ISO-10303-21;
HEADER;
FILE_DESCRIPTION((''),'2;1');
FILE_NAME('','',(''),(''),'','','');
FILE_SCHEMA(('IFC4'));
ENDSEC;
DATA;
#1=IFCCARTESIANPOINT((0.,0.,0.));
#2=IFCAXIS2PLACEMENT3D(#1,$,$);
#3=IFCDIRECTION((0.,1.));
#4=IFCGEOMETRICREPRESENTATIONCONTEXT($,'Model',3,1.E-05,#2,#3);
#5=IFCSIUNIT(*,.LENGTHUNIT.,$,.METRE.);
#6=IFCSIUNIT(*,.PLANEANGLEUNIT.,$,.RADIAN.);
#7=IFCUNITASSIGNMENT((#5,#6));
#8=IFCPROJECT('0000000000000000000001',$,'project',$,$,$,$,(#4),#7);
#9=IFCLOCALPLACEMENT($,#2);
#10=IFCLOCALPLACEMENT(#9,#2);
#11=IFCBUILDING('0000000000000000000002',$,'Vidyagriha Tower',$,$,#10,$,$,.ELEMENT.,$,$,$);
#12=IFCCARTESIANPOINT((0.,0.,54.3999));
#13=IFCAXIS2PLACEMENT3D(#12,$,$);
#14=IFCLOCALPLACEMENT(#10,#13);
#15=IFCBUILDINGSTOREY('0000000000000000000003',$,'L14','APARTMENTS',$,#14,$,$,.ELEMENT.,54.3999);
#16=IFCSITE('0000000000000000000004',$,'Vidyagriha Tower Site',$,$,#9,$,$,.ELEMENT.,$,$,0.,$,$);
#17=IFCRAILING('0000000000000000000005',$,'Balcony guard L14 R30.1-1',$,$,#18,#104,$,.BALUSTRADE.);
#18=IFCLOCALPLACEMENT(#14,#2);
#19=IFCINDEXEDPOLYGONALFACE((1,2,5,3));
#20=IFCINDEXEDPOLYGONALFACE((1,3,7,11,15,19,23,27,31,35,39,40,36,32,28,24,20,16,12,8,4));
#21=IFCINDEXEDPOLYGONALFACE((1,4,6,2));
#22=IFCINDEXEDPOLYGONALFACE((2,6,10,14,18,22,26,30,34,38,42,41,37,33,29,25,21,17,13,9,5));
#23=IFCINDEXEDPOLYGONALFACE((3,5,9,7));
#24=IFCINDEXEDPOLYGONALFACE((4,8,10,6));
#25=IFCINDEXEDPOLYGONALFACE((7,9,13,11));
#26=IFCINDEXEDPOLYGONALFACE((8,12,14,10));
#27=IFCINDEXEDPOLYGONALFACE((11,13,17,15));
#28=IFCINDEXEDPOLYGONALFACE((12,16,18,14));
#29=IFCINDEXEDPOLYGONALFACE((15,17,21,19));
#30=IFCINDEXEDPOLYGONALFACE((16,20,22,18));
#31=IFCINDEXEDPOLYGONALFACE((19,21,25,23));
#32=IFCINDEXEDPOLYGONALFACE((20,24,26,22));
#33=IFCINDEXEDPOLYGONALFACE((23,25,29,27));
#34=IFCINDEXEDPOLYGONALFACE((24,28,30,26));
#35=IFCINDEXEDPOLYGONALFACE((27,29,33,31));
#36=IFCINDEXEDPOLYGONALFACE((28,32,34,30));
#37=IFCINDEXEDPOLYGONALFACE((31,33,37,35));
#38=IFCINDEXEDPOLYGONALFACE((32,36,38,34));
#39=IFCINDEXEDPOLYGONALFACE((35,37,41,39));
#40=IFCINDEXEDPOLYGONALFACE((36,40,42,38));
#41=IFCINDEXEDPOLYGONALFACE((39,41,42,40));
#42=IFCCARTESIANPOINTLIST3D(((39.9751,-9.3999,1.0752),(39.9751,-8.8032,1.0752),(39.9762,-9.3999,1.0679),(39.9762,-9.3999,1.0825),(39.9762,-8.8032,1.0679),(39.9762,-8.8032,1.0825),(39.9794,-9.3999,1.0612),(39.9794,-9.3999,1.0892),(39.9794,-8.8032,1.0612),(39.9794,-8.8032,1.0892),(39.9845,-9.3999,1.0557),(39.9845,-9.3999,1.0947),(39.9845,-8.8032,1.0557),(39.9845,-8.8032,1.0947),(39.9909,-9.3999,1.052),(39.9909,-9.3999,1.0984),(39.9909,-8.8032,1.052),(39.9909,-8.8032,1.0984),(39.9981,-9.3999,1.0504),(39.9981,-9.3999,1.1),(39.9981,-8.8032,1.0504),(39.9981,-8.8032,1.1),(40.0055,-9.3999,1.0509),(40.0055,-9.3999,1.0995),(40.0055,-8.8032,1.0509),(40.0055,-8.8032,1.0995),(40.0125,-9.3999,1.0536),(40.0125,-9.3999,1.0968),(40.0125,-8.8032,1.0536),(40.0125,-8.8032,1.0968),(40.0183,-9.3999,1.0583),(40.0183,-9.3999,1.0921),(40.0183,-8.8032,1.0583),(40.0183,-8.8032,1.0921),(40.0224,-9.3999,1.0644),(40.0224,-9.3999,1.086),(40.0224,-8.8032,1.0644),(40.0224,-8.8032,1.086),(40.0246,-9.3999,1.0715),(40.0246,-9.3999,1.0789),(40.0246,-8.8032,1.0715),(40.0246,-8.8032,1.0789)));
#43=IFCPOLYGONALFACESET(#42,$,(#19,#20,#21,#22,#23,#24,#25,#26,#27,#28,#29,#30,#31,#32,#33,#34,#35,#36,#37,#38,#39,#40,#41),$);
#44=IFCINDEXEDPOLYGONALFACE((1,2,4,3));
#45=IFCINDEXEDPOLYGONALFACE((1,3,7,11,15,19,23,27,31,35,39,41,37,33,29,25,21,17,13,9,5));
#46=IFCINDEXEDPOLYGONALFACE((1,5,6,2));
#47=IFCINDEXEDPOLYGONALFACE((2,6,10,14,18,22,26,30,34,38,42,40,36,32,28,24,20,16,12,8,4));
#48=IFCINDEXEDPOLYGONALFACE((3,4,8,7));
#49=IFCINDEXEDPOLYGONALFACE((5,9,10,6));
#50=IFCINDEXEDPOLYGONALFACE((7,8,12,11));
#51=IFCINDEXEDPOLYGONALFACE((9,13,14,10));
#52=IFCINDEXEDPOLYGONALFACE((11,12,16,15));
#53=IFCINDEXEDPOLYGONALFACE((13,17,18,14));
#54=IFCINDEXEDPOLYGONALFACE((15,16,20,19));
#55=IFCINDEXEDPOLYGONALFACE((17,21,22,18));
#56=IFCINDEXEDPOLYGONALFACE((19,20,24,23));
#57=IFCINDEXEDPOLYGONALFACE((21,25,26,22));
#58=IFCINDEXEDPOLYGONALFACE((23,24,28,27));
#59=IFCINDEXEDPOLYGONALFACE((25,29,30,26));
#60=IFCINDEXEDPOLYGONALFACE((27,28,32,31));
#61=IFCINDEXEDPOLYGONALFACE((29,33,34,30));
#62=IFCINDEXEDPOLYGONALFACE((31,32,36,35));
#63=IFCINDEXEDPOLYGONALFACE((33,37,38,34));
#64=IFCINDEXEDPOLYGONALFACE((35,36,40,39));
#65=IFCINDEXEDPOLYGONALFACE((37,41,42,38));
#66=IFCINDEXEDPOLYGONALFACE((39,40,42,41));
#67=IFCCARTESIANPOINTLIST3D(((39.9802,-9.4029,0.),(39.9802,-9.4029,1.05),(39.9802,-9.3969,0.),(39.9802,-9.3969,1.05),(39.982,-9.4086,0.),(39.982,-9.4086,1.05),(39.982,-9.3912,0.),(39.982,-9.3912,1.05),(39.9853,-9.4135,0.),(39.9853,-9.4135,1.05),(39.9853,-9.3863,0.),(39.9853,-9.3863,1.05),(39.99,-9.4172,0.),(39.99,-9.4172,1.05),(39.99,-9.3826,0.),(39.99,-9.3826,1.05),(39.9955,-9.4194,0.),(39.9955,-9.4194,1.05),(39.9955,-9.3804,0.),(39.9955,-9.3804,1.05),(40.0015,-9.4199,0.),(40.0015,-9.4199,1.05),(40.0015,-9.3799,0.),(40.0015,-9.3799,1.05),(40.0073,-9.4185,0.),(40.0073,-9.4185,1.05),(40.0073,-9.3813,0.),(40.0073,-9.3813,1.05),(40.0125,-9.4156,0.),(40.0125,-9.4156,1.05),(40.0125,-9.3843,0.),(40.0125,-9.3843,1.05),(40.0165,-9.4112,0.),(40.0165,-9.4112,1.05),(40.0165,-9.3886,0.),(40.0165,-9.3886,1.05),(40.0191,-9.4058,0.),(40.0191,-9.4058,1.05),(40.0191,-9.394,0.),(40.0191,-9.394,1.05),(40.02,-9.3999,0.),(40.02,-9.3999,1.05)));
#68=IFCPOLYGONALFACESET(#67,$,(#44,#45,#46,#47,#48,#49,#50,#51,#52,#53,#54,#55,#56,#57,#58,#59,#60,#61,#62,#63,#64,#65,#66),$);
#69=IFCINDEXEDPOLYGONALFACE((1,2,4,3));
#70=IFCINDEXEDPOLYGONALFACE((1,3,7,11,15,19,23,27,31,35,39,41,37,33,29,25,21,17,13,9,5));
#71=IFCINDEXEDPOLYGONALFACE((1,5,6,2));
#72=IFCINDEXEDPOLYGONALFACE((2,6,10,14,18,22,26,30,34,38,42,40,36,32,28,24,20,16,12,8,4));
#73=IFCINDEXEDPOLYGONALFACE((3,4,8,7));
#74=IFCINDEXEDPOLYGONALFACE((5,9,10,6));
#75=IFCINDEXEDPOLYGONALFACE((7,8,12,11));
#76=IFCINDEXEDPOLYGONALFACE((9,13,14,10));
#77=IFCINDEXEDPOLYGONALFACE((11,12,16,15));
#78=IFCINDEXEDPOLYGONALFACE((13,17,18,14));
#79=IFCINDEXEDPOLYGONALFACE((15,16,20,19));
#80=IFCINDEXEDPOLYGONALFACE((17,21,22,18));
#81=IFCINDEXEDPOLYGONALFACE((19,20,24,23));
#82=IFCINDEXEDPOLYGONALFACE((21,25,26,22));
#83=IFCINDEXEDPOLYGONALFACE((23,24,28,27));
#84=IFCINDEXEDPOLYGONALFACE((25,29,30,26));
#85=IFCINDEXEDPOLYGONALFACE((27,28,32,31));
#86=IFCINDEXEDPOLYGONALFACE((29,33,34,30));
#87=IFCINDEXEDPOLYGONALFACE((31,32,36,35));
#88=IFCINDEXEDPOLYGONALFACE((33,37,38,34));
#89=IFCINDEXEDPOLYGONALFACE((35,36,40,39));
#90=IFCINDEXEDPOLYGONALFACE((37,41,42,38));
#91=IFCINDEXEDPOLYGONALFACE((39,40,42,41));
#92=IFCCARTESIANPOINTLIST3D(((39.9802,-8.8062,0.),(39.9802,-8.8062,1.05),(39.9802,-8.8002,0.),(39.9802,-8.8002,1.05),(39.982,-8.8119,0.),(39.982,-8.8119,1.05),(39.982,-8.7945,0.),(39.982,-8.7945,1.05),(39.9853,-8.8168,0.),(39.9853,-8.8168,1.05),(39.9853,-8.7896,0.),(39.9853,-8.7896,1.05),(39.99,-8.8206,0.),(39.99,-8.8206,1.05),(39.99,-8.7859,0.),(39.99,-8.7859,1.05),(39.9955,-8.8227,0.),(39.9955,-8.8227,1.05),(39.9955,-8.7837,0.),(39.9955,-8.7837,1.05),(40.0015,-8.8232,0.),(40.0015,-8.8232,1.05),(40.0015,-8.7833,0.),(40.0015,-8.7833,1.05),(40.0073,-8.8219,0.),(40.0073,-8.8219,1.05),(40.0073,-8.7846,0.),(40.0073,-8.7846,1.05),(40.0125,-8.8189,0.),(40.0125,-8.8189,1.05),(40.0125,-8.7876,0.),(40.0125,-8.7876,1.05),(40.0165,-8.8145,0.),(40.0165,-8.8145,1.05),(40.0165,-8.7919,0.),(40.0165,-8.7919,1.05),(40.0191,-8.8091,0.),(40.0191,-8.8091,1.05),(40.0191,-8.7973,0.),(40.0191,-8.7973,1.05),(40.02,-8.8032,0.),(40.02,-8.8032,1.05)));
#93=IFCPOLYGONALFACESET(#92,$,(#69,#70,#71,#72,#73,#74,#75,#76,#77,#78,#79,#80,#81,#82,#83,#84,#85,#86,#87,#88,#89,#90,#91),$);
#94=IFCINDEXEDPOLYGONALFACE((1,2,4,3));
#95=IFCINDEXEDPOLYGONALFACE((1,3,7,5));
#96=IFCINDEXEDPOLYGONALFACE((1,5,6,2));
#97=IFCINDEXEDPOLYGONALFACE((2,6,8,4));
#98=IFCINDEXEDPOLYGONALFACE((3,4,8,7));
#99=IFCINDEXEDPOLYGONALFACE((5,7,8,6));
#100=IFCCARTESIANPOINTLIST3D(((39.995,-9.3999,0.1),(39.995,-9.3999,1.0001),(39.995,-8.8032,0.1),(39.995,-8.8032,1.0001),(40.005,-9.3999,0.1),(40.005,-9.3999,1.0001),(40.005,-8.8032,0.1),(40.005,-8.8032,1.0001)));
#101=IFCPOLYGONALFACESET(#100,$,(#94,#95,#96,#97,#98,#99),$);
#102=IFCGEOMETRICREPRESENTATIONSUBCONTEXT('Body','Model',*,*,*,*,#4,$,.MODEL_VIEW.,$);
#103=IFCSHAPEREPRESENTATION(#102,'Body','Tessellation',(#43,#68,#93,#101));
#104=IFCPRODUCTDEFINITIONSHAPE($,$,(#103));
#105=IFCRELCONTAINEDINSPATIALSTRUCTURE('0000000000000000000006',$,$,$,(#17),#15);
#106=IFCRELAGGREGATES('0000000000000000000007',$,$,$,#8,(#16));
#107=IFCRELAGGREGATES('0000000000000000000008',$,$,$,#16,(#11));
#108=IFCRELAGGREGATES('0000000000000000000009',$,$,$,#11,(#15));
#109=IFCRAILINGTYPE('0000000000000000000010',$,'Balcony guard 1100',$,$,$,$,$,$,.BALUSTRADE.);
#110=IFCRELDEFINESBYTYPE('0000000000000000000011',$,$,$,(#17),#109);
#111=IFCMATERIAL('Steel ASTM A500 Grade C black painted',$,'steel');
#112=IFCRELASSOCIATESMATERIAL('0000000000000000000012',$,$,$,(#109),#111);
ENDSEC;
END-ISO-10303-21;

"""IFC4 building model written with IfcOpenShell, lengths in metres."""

from ifc_helpers import new_model, si_unit, direction, frame, origin, origin_2d, place, context, subcontext, project, spatial, rectangle, circle, extrude, material, type_object, element, save


model = new_model("IFC4")

# Units and contexts
model_context = context("Model", 3, precision=1e-05, world=origin(), true_north=direction((0.0, 1.0)))
body_context = subcontext(model_context, "Body", "Model", "MODEL_VIEW")
ifc_project = project(units=[si_unit("LENGTHUNIT", "METRE"), si_unit("PLANEANGLEUNIT", "RADIAN")], contexts=[model_context])

# Site, building, storey
site_placement = place(None, origin())
site = spatial("IfcSite", under=ifc_project, at=site_placement, Name="Vidyagriha Tower Site", CompositionType="ELEMENT", RefElevation=0.0)
building_placement = place(site_placement, origin())
building = spatial("IfcBuilding", under=site, at=building_placement, Name="Vidyagriha Tower", CompositionType="ELEMENT")
storey_placement = place(building_placement, frame((0.0, 0.0, 54.3999)))
storey = spatial("IfcBuildingStorey", under=building, at=storey_placement, Name="L14", Description="APARTMENTS", CompositionType="ELEMENT", Elevation=54.3999)

# Railing
ifc_material_1 = material(Name="Steel ASTM A500 Grade C black painted", Category="steel")
railing_type_1 = type_object("IfcRailingType", Name="Balcony guard 1100", PredefinedType="BALUSTRADE", material=ifc_material_1)
railing_1_placement = place(storey_placement, frame((40.0, -9.3999, 0.0)))
element("IfcRailing", 1, at=railing_1_placement, inside=storey, type_object=railing_type_1, Name="Balcony guard L14 R30.1-1", PredefinedType="BALUSTRADE", context=body_context, shape_type="SweptSolid", body=[
    extrude(circle(Radius=0.0249, at=origin_2d()), frame((0.0, 0.0, 1.0752), z_axis=(0.0, 1.0, 0.0), x_axis=(-1.0, 0.0, 0.0)), (0.0, 0.0, 1.0), 0.5967),
    extrude(circle(Radius=0.02, at=origin_2d()), origin(), (0.0, 0.0, 1.0), 1.05),
    extrude(circle(Radius=0.02, at=origin_2d()), frame((0.0, 0.5967, 0.0)), (0.0, 0.0, 1.0), 1.05),
    extrude(rectangle(XDim=0.01, YDim=0.9001, at=origin_2d()), frame((0.0, 0.0, 0.55), z_axis=(0.0, 1.0, 0.0), x_axis=(-1.0, 0.0, 0.0)), (0.0, 0.0, 1.0), 0.5967),
])

save(model, "model.ifc")
